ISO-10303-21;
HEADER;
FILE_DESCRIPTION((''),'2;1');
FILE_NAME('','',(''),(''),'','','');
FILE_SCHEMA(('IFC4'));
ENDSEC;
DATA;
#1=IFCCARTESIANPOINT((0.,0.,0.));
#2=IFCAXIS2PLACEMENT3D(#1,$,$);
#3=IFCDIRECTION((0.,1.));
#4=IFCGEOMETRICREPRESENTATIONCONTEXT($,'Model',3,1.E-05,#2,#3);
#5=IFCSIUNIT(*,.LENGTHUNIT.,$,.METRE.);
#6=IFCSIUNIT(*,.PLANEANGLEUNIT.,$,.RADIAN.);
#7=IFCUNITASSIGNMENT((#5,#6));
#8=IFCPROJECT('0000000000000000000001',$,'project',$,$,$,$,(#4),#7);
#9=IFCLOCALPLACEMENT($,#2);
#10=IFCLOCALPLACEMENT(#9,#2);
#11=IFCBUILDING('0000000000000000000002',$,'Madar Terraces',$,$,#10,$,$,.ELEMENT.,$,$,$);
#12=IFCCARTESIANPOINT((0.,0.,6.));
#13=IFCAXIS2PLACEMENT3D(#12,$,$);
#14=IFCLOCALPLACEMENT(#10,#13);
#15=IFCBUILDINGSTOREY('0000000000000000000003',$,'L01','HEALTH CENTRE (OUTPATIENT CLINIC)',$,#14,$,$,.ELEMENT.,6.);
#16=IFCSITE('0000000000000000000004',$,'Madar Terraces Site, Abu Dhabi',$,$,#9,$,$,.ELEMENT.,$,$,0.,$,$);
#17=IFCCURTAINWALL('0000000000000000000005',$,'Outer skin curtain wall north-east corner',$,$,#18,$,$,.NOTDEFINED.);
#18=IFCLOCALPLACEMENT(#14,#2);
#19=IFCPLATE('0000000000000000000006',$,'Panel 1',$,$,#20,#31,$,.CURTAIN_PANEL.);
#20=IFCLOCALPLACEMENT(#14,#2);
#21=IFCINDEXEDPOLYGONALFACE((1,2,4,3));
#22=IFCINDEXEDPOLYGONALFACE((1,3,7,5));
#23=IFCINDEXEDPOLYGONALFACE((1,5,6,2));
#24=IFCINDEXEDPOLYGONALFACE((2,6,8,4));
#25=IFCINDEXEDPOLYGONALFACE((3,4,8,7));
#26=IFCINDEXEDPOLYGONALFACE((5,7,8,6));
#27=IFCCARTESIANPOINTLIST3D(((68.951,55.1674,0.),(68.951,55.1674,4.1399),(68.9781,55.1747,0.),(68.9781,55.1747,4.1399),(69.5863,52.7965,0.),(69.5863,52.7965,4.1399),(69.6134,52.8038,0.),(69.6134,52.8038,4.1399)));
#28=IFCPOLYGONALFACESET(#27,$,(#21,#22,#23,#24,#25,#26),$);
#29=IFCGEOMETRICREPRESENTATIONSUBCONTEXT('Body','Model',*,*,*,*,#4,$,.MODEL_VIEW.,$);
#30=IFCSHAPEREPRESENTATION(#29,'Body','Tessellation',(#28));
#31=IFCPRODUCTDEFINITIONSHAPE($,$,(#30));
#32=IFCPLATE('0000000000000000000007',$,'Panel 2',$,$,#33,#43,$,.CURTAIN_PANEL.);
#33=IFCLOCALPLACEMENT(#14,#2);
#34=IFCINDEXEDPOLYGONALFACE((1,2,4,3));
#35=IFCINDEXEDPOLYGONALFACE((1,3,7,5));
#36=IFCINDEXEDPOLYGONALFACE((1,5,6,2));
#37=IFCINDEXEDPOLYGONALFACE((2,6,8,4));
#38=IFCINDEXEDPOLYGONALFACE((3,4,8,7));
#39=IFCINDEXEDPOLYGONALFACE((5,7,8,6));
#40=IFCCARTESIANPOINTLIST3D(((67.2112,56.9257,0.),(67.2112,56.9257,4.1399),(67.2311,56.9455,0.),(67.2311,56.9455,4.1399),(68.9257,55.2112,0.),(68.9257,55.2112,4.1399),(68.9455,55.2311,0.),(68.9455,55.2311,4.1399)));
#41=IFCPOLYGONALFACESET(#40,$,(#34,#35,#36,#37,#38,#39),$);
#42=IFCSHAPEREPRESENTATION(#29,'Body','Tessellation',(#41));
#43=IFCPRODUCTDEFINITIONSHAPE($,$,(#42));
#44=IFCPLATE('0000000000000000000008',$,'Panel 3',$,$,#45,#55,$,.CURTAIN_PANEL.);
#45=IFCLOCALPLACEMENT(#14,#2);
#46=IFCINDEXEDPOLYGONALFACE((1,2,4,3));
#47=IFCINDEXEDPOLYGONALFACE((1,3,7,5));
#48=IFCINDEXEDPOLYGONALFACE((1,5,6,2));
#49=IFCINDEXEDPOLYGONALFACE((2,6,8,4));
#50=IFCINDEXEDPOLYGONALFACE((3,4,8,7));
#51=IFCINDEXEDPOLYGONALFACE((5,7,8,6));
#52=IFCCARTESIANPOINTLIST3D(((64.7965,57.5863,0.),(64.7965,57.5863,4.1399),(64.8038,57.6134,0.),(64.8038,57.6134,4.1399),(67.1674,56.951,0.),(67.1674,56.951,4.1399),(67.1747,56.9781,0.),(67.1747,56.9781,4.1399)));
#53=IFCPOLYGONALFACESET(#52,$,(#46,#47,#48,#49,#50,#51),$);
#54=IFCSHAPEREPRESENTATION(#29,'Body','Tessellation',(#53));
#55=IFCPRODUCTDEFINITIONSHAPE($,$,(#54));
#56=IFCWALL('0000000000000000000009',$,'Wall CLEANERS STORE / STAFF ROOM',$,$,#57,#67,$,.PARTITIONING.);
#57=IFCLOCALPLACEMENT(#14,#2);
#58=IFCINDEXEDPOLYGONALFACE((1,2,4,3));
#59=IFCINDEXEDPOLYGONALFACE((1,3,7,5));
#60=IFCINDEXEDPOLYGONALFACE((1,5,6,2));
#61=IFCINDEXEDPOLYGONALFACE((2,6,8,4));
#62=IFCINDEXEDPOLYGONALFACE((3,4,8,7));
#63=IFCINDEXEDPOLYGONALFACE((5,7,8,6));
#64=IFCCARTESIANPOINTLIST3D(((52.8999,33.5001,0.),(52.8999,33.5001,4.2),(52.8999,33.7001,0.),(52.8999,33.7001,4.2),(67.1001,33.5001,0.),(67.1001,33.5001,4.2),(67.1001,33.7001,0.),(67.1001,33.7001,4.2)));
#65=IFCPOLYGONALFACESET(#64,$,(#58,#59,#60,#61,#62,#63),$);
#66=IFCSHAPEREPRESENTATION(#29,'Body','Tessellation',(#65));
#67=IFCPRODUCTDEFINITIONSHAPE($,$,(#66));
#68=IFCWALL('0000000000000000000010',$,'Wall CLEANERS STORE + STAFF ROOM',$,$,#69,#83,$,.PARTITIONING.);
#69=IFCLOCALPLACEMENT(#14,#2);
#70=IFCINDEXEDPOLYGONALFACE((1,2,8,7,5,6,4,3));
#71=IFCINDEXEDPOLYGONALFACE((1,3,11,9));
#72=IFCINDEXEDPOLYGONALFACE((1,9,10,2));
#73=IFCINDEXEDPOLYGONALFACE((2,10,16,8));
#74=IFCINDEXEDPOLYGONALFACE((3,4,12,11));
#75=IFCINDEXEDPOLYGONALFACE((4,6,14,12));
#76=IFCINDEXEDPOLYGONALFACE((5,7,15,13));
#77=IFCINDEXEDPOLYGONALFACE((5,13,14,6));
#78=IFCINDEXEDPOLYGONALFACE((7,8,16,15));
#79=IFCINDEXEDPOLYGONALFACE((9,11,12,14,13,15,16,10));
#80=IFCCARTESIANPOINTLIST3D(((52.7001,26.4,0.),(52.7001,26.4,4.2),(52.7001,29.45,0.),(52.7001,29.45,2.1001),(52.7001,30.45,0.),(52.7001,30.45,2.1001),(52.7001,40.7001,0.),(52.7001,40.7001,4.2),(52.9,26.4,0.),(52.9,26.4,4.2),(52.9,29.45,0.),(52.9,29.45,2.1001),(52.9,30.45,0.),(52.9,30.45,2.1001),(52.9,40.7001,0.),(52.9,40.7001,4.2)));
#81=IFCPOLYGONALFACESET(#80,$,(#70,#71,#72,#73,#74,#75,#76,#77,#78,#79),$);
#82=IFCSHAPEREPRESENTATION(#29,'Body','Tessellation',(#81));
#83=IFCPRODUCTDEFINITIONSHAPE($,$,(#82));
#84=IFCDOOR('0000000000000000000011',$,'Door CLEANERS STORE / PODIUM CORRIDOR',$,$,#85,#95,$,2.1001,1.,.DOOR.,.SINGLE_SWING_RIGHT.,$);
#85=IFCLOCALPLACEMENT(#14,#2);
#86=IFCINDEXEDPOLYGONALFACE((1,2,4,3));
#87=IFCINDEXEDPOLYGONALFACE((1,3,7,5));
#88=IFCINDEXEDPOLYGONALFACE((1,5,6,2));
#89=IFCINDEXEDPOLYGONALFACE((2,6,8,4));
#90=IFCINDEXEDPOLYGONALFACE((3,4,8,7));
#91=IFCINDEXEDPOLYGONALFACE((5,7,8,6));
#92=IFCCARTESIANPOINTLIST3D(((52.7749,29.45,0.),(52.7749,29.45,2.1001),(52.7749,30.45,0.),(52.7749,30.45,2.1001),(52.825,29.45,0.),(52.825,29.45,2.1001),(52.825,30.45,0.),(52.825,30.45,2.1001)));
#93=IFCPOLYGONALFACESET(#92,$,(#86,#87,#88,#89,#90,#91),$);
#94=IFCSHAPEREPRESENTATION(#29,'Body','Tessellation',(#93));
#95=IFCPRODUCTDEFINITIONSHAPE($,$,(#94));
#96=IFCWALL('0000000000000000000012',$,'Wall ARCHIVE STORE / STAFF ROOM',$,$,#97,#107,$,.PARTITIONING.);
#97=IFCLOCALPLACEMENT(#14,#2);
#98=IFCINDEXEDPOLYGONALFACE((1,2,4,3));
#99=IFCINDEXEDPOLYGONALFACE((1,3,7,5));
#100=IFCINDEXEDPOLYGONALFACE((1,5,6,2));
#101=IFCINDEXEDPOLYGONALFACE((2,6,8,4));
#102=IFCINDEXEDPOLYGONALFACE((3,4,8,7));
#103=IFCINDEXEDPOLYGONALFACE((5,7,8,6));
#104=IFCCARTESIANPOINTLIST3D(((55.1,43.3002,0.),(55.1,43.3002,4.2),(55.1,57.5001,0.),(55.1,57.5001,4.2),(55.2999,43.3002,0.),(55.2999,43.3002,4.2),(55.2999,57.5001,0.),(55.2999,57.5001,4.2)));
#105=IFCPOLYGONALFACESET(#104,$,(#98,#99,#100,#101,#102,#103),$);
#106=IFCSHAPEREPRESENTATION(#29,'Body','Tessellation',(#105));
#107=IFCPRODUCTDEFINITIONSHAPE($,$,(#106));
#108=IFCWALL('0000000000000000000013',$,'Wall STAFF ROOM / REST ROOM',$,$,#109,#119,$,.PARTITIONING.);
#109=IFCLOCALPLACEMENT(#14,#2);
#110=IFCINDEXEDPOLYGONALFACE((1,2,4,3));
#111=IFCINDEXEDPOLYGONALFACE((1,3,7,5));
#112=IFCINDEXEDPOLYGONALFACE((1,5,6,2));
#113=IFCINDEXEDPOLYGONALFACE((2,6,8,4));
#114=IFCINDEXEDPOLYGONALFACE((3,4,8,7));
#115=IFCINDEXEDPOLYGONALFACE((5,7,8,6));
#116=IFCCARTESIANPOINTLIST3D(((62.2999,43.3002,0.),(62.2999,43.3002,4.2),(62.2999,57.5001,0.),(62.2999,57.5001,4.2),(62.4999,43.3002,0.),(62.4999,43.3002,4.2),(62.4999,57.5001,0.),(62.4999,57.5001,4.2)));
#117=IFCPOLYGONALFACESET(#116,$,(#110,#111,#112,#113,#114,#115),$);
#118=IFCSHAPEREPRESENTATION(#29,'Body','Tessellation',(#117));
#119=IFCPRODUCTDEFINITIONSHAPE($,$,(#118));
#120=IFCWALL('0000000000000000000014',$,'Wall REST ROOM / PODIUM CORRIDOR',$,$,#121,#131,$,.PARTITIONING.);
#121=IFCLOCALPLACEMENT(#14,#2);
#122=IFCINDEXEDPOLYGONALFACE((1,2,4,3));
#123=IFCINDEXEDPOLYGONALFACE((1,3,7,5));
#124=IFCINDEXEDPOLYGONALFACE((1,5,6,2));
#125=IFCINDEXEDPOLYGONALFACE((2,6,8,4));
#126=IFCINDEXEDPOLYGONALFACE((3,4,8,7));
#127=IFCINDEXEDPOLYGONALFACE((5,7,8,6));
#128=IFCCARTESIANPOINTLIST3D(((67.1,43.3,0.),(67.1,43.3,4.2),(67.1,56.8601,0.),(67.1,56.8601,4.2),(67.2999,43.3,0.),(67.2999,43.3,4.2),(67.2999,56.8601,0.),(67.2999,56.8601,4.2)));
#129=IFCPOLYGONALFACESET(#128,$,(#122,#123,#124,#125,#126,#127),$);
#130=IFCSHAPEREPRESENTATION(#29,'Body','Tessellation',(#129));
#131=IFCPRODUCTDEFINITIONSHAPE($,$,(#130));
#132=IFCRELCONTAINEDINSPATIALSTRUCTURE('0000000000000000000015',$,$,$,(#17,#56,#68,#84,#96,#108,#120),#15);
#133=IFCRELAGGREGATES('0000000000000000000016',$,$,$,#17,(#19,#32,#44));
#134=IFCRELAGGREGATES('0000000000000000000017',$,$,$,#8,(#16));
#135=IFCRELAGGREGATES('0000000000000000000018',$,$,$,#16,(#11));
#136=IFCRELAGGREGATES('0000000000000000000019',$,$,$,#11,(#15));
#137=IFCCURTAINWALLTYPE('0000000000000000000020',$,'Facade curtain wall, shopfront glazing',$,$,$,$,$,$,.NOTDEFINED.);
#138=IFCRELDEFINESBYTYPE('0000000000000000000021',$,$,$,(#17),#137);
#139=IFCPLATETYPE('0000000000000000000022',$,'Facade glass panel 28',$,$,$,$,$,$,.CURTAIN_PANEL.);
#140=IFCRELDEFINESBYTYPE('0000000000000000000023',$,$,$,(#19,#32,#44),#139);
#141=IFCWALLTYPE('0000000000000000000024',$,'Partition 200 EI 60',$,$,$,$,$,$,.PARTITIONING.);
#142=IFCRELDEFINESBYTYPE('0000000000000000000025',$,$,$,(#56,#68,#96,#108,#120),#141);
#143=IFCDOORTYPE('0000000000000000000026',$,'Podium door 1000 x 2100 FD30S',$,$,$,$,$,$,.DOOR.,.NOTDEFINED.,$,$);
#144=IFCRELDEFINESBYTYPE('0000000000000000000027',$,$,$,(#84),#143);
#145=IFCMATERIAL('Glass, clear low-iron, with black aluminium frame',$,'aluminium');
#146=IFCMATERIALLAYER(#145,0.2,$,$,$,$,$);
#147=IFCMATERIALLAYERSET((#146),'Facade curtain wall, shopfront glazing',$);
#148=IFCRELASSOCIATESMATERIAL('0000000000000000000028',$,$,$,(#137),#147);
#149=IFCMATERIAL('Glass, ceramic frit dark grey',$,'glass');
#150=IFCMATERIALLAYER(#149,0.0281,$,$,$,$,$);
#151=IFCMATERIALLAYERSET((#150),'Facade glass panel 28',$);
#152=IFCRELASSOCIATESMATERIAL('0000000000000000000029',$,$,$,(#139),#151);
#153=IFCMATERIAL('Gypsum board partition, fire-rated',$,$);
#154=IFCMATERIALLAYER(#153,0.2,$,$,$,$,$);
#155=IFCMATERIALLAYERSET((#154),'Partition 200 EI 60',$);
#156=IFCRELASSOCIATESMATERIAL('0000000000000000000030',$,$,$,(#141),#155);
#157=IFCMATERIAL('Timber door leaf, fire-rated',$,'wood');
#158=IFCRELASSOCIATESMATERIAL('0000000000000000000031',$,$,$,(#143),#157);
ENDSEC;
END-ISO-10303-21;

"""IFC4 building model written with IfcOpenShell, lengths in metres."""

from ifc_helpers import new_model, si_unit, direction, frame, frame_2d, origin, origin_2d, place, context, subcontext, project, spatial, rectangle, extrude, material, layer, layer_set, type_object, element, fill, aggregate, save


model = new_model("IFC4")

# Units and contexts
model_context = context("Model", 3, precision=1e-05, world=origin(), true_north=direction((0.0, 1.0)))
body_context = subcontext(model_context, "Body", "Model", "MODEL_VIEW")
ifc_project = project(units=[si_unit("LENGTHUNIT", "METRE"), si_unit("PLANEANGLEUNIT", "RADIAN")], contexts=[model_context])

# Site, building, storey
site_placement = place(None, origin())
site = spatial("IfcSite", under=ifc_project, at=site_placement, Name="Madar Terraces Site, Abu Dhabi", CompositionType="ELEMENT", RefElevation=0.0)
building_placement = place(site_placement, origin())
building = spatial("IfcBuilding", under=site, at=building_placement, Name="Madar Terraces", CompositionType="ELEMENT")
storey_placement = place(building_placement, frame((0.0, 0.0, 6.0)))
storey = spatial("IfcBuildingStorey", under=building, at=storey_placement, Name="L01", Description="HEALTH CENTRE (OUTPATIENT CLINIC)", CompositionType="ELEMENT", Elevation=6.0)

# Curtain wall
ifc_material_1 = material(Name="Glass, clear low-iron, with black aluminium frame", Category="aluminium")
ifc_layer_1 = layer(ifc_material_1, 0.2)
ifc_layer_set_1 = layer_set([ifc_layer_1], Name="Facade curtain wall, shopfront glazing")
curtain_wall_type = type_object("IfcCurtainWallType", Name="Facade curtain wall, shopfront glazing", PredefinedType="NOTDEFINED", material=ifc_layer_set_1)
curtain_wall_1_placement = place(storey_placement, origin())
curtain_wall_1 = element("IfcCurtainWall", 1, at=curtain_wall_1_placement, inside=storey, type_object=curtain_wall_type, Name="Outer skin curtain wall north-east corner", PredefinedType="NOTDEFINED")

# Plates
ifc_material_2 = material(Name="Glass, ceramic frit dark grey", Category="glass")
ifc_layer_2 = layer(ifc_material_2, 0.0281)
ifc_layer_set_2 = layer_set([ifc_layer_2], Name="Facade glass panel 28")
plate_type = type_object("IfcPlateType", Name="Facade glass panel 28", PredefinedType="CURTAIN_PANEL", material=ifc_layer_set_2)
plate_1_placement = place(storey_placement, frame((69.2822, 53.9856, 0.0), z_axis=(0.0, 0.0, 1.0), x_axis=(-0.258819, 0.965926, 0.0)))
plate_1 = element("IfcPlate", 2, at=plate_1_placement, type_object=plate_type, Name="Panel 1", PredefinedType="CURTAIN_PANEL", context=body_context, shape_type="SweptSolid", body=[
    extrude(rectangle(XDim=2.4546, YDim=0.0281, at=origin_2d()), origin(), (0.0, 0.0, 1.0), 4.1399),
])
plate_2_placement = place(storey_placement, frame((68.0784, 56.0784, 0.0), z_axis=(0.0, 0.0, 1.0), x_axis=(-0.707107, 0.707107, 0.0)))
plate_2 = element("IfcPlate", 3, at=plate_2_placement, type_object=plate_type, Name="Panel 2", PredefinedType="CURTAIN_PANEL", context=body_context, shape_type="SweptSolid", body=[
    extrude(rectangle(XDim=2.4246, YDim=0.0281, at=origin_2d()), origin(), (0.0, 0.0, 1.0), 4.1399),
])
plate_3_placement = place(storey_placement, frame((65.9856, 57.2822, 0.0), z_axis=(0.0, 0.0, 1.0), x_axis=(-0.965926, 0.258819, 0.0)))
plate_3 = element("IfcPlate", 4, at=plate_3_placement, type_object=plate_type, Name="Panel 3", PredefinedType="CURTAIN_PANEL", context=body_context, shape_type="SweptSolid", body=[
    extrude(rectangle(XDim=2.4546, YDim=0.0281, at=origin_2d()), origin(), (0.0, 0.0, 1.0), 4.1399),
])
aggregate(curtain_wall_1, [plate_1, plate_2, plate_3])

# Wall
ifc_material_3 = material(Name="Gypsum board partition, fire-rated")
ifc_layer_3 = layer(ifc_material_3, 0.2)
ifc_layer_set_3 = layer_set([ifc_layer_3], Name="Partition 200 EI 60")
wall_type = type_object("IfcWallType", Name="Partition 200 EI 60", PredefinedType="PARTITIONING", material=ifc_layer_set_3)
wall_1_placement = place(storey_placement, frame((52.8999, 33.6001, 0.0), z_axis=(0.0, 0.0, 1.0), x_axis=(1.0, 0.0, 0.0)))
element("IfcWall", 5, at=wall_1_placement, inside=storey, type_object=wall_type, Name="Wall CLEANERS STORE / STAFF ROOM", PredefinedType="PARTITIONING", context=body_context, shape_type="SweptSolid", body=[
    extrude(rectangle(XDim=14.2002, YDim=0.2, at=frame_2d((7.1001, 0.0))), origin(), (0.0, 0.0, 1.0), 4.2),
])

# Wall, opening, door
wall_2_placement = place(storey_placement, frame((52.8, 40.7, 0.0), z_axis=(0.0, 0.0, 1.0), x_axis=(0.0, -1.0, 0.0)))
wall_2 = element("IfcWall", 6, at=wall_2_placement, inside=storey, type_object=wall_type, Name="Wall CLEANERS STORE + STAFF ROOM", PredefinedType="PARTITIONING", context=body_context, shape_type="SweptSolid", body=[
    extrude(rectangle(XDim=14.3, YDim=0.2, at=frame_2d((7.1499, 0.0))), origin(), (0.0, 0.0, 1.0), 4.2),
])
opening_placement = place(wall_2_placement, frame((10.25, 0.0, 0.0)))
opening = element("IfcOpeningElement", 7, at=opening_placement, cuts=wall_2, PredefinedType="OPENING", context=body_context, shape_type="SweptSolid", body=[
    extrude(rectangle(XDim=1.0, YDim=2.1001, at=frame_2d((0.5, 1.05))), frame((0.0, 0.1099, 0.0), z_axis=(0.0, -1.0, 0.0), x_axis=(1.0, 0.0, 0.0)), (0.0, 0.0, 1.0), 0.22),
])
ifc_material_4 = material(Name="Timber door leaf, fire-rated", Category="wood")
door_type = type_object("IfcDoorType", Name="Podium door 1000 x 2100 FD30S", OperationType="NOTDEFINED", PredefinedType="DOOR", material=ifc_material_4)
door_placement = place(opening_placement, origin())
door = element("IfcDoor", 8, at=door_placement, inside=storey, type_object=door_type, Name="Door CLEANERS STORE / PODIUM CORRIDOR", OperationType="SINGLE_SWING_RIGHT", OverallHeight=2.1001, OverallWidth=1.0, PredefinedType="DOOR", context=body_context, shape_type="SweptSolid", body=[
    extrude(rectangle(XDim=1.0, YDim=2.1001, at=frame_2d((0.5, 1.05))), frame((0.0, 0.0249, 0.0), z_axis=(0.0, -1.0, 0.0), x_axis=(1.0, 0.0, 0.0)), (0.0, 0.0, 1.0), 0.05),
])
fill(opening, door)

# Walls
for number, where, z_axis, x_axis, name in (
    (9, (55.2, 43.3, 0.0), (0.0, 0.0, 1.0), (0.0, 1.0, 0.0), "Wall ARCHIVE STORE / STAFF ROOM"),
    (10, (62.3999, 43.3, 0.0), (0.0, 0.0, 1.0), (0.0, 1.0, 0.0), "Wall STAFF ROOM / REST ROOM"),
):
    element("IfcWall", number, at=place(storey_placement, frame(where, z_axis=z_axis, x_axis=x_axis)), inside=storey, type_object=wall_type, Name=name, PredefinedType="PARTITIONING", context=body_context, shape_type="SweptSolid", body=[
        extrude(rectangle(XDim=14.2, YDim=0.2, at=frame_2d((7.1001, 0.0))), origin(), (0.0, 0.0, 1.0), 4.2),
    ])
wall_3_placement = place(storey_placement, frame((67.2, 43.3, 0.0), z_axis=(0.0, 0.0, 1.0), x_axis=(0.0, 1.0, 0.0)))
element("IfcWall", 11, at=wall_3_placement, inside=storey, type_object=wall_type, Name="Wall REST ROOM / PODIUM CORRIDOR", PredefinedType="PARTITIONING", context=body_context, shape_type="SweptSolid", body=[
    extrude(rectangle(XDim=13.5601, YDim=0.2, at=frame_2d((6.78, 0.0))), origin(), (0.0, 0.0, 1.0), 4.2),
])

save(model, "model.ifc")
